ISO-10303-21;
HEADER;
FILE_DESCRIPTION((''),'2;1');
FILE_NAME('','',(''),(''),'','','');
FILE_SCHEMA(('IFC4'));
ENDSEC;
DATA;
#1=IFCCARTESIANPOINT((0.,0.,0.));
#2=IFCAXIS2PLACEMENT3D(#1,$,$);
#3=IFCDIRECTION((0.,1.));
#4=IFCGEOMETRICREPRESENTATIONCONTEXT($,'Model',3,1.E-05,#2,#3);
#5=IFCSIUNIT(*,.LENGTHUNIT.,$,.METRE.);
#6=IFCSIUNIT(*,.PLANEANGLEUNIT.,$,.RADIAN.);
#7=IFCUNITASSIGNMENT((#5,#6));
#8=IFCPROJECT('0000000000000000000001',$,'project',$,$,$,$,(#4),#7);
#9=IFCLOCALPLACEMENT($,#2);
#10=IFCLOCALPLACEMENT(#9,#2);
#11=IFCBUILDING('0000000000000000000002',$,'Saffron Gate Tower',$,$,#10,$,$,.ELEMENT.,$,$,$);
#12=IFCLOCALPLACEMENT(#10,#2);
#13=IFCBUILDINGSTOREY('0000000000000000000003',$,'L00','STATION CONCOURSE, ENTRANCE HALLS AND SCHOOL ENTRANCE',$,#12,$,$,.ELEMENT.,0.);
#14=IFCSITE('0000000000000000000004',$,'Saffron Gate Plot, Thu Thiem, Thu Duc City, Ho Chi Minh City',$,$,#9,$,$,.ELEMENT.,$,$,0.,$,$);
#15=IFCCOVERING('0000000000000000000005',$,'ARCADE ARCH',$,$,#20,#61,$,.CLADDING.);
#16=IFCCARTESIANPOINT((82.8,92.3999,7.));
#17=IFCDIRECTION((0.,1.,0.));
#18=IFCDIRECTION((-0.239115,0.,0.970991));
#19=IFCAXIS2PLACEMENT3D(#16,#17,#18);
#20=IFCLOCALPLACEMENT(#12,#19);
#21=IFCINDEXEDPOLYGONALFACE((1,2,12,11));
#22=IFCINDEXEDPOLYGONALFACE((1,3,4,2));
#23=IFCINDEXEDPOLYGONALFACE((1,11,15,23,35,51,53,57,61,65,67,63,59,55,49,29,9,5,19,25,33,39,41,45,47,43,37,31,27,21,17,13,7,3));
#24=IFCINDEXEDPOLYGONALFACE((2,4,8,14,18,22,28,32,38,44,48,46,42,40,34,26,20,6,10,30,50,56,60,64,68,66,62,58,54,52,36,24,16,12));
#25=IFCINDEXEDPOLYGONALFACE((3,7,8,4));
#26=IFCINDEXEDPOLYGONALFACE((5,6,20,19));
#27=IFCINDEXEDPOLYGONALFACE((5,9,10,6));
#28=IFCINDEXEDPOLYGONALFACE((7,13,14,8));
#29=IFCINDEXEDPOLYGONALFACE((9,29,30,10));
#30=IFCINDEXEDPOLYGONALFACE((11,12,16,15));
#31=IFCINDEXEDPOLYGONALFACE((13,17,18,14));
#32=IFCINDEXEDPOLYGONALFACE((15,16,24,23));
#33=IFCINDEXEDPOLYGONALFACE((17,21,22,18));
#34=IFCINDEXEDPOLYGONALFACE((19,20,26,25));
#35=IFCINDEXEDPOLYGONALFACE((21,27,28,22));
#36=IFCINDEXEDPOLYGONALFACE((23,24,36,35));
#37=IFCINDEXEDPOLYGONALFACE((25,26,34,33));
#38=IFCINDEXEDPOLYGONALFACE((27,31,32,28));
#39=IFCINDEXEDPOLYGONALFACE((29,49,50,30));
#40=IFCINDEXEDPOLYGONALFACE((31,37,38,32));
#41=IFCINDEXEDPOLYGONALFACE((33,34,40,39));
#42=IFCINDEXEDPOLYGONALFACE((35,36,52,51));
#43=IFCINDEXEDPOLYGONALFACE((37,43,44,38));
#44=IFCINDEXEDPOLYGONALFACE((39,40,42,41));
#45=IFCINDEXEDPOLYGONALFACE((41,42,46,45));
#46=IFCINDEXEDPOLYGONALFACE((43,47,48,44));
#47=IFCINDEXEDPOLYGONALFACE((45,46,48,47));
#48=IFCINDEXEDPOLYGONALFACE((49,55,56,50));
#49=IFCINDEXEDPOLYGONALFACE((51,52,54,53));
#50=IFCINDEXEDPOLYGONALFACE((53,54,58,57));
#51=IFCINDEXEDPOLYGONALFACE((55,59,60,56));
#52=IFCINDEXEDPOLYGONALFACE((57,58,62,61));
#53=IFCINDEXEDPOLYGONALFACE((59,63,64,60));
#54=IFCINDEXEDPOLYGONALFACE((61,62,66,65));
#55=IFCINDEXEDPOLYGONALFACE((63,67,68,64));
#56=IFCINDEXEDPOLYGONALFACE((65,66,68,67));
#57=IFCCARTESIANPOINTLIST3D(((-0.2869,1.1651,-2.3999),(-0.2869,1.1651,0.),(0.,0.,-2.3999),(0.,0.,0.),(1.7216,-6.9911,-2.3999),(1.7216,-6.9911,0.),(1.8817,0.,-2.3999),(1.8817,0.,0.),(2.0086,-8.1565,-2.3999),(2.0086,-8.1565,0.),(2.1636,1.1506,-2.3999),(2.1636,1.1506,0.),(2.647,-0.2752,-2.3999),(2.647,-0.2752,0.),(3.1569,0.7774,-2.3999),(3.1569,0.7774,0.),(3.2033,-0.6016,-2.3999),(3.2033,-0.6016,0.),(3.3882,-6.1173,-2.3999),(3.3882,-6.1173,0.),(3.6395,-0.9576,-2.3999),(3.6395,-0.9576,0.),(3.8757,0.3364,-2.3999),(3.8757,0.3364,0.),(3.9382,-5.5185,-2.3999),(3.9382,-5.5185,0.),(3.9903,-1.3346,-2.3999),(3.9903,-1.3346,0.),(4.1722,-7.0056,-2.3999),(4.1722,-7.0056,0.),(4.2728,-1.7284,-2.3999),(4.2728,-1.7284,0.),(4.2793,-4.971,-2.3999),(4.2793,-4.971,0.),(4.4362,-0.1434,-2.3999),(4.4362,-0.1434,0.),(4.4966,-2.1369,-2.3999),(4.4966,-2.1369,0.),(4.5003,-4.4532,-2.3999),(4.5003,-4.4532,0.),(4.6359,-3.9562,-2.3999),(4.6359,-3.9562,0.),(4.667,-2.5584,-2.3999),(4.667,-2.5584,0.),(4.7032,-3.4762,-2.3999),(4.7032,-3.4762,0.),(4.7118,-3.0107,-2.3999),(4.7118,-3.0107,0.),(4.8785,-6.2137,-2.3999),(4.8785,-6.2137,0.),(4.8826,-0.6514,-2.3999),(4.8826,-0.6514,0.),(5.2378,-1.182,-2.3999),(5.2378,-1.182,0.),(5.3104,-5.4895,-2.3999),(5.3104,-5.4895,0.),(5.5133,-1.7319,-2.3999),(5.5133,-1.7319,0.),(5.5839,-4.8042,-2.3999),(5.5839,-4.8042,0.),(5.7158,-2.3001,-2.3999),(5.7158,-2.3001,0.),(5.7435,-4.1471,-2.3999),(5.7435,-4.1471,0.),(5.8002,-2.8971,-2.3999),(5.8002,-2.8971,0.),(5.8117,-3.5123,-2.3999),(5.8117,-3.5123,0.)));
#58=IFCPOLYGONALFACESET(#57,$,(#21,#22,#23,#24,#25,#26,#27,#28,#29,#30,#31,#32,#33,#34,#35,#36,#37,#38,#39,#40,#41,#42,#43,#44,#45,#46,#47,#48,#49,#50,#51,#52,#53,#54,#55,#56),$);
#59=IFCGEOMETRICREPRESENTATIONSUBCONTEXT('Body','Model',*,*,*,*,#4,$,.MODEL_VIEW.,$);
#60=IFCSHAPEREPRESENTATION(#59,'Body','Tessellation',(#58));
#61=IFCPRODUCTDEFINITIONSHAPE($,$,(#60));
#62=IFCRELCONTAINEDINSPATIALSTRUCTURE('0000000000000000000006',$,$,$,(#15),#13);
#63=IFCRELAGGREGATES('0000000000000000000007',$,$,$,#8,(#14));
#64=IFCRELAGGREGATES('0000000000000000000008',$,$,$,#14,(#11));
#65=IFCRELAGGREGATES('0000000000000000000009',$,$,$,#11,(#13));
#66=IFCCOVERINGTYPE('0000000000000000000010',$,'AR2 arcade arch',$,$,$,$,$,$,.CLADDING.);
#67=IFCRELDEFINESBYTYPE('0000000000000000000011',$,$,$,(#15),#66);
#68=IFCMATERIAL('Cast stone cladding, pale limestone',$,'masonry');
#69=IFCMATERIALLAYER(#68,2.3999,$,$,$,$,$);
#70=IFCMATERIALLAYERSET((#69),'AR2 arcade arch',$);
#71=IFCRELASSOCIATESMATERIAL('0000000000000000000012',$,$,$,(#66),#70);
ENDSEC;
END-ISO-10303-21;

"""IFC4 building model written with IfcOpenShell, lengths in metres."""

from ifc_helpers import new_model, si_unit, direction, frame, origin, place, context, subcontext, project, spatial, polyline, outline, extrude, material, layer, layer_set, type_object, element, save


model = new_model("IFC4")

# Units and contexts
model_context = context("Model", 3, precision=1e-05, world=origin(), true_north=direction((0.0, 1.0)))
body_context = subcontext(model_context, "Body", "Model", "MODEL_VIEW")
ifc_project = project(units=[si_unit("LENGTHUNIT", "METRE"), si_unit("PLANEANGLEUNIT", "RADIAN")], contexts=[model_context])

# Site, building, storey
site_placement = place(None, origin())
site = spatial("IfcSite", under=ifc_project, at=site_placement, Name="Saffron Gate Plot, Thu Thiem, Thu Duc City, Ho Chi Minh City", CompositionType="ELEMENT", RefElevation=0.0)
building_placement = place(site_placement, origin())
building = spatial("IfcBuilding", under=site, at=building_placement, Name="Saffron Gate Tower", CompositionType="ELEMENT")
storey_placement = place(building_placement, origin())
storey = spatial("IfcBuildingStorey", under=building, at=storey_placement, Name="L00", Description="STATION CONCOURSE, ENTRANCE HALLS AND SCHOOL ENTRANCE", CompositionType="ELEMENT", Elevation=0.0)

# Covering
ifc_material_1 = material(Name="Cast stone cladding, pale limestone", Category="masonry")
ifc_layer_1 = layer(ifc_material_1, 2.3999)
ifc_layer_set_1 = layer_set([ifc_layer_1], Name="AR2 arcade arch")
covering_type = type_object("IfcCoveringType", Name="AR2 arcade arch", PredefinedType="CLADDING", material=ifc_layer_set_1)
covering_placement = place(storey_placement, frame((82.8, 92.3999, 7.0), z_axis=(0.0, 1.0, 0.0), x_axis=(-0.239115, 0.0, 0.970991)))
element("IfcCovering", 1, at=covering_placement, inside=storey, type_object=covering_type, Name="ARCADE ARCH", PredefinedType="CLADDING", context=body_context, shape_type="SweptSolid", body=[
    extrude(outline(polyline([(0.0, 0.0), (1.8817, 0.0), (2.647, -0.2752), (3.2033, -0.6016), (3.6395, -0.9576), (3.9903, -1.3346), (4.2728, -1.7284), (4.4966, -2.1369), (4.667, -2.5584), (4.7118, -3.0107), (4.7032, -3.4762), (4.6359, -3.9562), (4.5003, -4.4532), (4.2793, -4.971), (3.9382, -5.5185), (3.3882, -6.1173), (1.7216, -6.9911), (2.0086, -8.1565), (4.1722, -7.0056), (4.8785, -6.2137), (5.3104, -5.4895), (5.5839, -4.8042), (5.7435, -4.1471), (5.8117, -3.5123), (5.8002, -2.8971), (5.7158, -2.3001), (5.5133, -1.7319), (5.2378, -1.182), (4.8826, -0.6514), (4.4362, -0.1434), (3.8757, 0.3364), (3.1569, 0.7774), (2.1636, 1.1506), (-0.2869, 1.1651), (0.0, 0.0)])), origin(), (0.0, 0.0, -1.0), 2.3999),
])

save(model, "model.ifc")
